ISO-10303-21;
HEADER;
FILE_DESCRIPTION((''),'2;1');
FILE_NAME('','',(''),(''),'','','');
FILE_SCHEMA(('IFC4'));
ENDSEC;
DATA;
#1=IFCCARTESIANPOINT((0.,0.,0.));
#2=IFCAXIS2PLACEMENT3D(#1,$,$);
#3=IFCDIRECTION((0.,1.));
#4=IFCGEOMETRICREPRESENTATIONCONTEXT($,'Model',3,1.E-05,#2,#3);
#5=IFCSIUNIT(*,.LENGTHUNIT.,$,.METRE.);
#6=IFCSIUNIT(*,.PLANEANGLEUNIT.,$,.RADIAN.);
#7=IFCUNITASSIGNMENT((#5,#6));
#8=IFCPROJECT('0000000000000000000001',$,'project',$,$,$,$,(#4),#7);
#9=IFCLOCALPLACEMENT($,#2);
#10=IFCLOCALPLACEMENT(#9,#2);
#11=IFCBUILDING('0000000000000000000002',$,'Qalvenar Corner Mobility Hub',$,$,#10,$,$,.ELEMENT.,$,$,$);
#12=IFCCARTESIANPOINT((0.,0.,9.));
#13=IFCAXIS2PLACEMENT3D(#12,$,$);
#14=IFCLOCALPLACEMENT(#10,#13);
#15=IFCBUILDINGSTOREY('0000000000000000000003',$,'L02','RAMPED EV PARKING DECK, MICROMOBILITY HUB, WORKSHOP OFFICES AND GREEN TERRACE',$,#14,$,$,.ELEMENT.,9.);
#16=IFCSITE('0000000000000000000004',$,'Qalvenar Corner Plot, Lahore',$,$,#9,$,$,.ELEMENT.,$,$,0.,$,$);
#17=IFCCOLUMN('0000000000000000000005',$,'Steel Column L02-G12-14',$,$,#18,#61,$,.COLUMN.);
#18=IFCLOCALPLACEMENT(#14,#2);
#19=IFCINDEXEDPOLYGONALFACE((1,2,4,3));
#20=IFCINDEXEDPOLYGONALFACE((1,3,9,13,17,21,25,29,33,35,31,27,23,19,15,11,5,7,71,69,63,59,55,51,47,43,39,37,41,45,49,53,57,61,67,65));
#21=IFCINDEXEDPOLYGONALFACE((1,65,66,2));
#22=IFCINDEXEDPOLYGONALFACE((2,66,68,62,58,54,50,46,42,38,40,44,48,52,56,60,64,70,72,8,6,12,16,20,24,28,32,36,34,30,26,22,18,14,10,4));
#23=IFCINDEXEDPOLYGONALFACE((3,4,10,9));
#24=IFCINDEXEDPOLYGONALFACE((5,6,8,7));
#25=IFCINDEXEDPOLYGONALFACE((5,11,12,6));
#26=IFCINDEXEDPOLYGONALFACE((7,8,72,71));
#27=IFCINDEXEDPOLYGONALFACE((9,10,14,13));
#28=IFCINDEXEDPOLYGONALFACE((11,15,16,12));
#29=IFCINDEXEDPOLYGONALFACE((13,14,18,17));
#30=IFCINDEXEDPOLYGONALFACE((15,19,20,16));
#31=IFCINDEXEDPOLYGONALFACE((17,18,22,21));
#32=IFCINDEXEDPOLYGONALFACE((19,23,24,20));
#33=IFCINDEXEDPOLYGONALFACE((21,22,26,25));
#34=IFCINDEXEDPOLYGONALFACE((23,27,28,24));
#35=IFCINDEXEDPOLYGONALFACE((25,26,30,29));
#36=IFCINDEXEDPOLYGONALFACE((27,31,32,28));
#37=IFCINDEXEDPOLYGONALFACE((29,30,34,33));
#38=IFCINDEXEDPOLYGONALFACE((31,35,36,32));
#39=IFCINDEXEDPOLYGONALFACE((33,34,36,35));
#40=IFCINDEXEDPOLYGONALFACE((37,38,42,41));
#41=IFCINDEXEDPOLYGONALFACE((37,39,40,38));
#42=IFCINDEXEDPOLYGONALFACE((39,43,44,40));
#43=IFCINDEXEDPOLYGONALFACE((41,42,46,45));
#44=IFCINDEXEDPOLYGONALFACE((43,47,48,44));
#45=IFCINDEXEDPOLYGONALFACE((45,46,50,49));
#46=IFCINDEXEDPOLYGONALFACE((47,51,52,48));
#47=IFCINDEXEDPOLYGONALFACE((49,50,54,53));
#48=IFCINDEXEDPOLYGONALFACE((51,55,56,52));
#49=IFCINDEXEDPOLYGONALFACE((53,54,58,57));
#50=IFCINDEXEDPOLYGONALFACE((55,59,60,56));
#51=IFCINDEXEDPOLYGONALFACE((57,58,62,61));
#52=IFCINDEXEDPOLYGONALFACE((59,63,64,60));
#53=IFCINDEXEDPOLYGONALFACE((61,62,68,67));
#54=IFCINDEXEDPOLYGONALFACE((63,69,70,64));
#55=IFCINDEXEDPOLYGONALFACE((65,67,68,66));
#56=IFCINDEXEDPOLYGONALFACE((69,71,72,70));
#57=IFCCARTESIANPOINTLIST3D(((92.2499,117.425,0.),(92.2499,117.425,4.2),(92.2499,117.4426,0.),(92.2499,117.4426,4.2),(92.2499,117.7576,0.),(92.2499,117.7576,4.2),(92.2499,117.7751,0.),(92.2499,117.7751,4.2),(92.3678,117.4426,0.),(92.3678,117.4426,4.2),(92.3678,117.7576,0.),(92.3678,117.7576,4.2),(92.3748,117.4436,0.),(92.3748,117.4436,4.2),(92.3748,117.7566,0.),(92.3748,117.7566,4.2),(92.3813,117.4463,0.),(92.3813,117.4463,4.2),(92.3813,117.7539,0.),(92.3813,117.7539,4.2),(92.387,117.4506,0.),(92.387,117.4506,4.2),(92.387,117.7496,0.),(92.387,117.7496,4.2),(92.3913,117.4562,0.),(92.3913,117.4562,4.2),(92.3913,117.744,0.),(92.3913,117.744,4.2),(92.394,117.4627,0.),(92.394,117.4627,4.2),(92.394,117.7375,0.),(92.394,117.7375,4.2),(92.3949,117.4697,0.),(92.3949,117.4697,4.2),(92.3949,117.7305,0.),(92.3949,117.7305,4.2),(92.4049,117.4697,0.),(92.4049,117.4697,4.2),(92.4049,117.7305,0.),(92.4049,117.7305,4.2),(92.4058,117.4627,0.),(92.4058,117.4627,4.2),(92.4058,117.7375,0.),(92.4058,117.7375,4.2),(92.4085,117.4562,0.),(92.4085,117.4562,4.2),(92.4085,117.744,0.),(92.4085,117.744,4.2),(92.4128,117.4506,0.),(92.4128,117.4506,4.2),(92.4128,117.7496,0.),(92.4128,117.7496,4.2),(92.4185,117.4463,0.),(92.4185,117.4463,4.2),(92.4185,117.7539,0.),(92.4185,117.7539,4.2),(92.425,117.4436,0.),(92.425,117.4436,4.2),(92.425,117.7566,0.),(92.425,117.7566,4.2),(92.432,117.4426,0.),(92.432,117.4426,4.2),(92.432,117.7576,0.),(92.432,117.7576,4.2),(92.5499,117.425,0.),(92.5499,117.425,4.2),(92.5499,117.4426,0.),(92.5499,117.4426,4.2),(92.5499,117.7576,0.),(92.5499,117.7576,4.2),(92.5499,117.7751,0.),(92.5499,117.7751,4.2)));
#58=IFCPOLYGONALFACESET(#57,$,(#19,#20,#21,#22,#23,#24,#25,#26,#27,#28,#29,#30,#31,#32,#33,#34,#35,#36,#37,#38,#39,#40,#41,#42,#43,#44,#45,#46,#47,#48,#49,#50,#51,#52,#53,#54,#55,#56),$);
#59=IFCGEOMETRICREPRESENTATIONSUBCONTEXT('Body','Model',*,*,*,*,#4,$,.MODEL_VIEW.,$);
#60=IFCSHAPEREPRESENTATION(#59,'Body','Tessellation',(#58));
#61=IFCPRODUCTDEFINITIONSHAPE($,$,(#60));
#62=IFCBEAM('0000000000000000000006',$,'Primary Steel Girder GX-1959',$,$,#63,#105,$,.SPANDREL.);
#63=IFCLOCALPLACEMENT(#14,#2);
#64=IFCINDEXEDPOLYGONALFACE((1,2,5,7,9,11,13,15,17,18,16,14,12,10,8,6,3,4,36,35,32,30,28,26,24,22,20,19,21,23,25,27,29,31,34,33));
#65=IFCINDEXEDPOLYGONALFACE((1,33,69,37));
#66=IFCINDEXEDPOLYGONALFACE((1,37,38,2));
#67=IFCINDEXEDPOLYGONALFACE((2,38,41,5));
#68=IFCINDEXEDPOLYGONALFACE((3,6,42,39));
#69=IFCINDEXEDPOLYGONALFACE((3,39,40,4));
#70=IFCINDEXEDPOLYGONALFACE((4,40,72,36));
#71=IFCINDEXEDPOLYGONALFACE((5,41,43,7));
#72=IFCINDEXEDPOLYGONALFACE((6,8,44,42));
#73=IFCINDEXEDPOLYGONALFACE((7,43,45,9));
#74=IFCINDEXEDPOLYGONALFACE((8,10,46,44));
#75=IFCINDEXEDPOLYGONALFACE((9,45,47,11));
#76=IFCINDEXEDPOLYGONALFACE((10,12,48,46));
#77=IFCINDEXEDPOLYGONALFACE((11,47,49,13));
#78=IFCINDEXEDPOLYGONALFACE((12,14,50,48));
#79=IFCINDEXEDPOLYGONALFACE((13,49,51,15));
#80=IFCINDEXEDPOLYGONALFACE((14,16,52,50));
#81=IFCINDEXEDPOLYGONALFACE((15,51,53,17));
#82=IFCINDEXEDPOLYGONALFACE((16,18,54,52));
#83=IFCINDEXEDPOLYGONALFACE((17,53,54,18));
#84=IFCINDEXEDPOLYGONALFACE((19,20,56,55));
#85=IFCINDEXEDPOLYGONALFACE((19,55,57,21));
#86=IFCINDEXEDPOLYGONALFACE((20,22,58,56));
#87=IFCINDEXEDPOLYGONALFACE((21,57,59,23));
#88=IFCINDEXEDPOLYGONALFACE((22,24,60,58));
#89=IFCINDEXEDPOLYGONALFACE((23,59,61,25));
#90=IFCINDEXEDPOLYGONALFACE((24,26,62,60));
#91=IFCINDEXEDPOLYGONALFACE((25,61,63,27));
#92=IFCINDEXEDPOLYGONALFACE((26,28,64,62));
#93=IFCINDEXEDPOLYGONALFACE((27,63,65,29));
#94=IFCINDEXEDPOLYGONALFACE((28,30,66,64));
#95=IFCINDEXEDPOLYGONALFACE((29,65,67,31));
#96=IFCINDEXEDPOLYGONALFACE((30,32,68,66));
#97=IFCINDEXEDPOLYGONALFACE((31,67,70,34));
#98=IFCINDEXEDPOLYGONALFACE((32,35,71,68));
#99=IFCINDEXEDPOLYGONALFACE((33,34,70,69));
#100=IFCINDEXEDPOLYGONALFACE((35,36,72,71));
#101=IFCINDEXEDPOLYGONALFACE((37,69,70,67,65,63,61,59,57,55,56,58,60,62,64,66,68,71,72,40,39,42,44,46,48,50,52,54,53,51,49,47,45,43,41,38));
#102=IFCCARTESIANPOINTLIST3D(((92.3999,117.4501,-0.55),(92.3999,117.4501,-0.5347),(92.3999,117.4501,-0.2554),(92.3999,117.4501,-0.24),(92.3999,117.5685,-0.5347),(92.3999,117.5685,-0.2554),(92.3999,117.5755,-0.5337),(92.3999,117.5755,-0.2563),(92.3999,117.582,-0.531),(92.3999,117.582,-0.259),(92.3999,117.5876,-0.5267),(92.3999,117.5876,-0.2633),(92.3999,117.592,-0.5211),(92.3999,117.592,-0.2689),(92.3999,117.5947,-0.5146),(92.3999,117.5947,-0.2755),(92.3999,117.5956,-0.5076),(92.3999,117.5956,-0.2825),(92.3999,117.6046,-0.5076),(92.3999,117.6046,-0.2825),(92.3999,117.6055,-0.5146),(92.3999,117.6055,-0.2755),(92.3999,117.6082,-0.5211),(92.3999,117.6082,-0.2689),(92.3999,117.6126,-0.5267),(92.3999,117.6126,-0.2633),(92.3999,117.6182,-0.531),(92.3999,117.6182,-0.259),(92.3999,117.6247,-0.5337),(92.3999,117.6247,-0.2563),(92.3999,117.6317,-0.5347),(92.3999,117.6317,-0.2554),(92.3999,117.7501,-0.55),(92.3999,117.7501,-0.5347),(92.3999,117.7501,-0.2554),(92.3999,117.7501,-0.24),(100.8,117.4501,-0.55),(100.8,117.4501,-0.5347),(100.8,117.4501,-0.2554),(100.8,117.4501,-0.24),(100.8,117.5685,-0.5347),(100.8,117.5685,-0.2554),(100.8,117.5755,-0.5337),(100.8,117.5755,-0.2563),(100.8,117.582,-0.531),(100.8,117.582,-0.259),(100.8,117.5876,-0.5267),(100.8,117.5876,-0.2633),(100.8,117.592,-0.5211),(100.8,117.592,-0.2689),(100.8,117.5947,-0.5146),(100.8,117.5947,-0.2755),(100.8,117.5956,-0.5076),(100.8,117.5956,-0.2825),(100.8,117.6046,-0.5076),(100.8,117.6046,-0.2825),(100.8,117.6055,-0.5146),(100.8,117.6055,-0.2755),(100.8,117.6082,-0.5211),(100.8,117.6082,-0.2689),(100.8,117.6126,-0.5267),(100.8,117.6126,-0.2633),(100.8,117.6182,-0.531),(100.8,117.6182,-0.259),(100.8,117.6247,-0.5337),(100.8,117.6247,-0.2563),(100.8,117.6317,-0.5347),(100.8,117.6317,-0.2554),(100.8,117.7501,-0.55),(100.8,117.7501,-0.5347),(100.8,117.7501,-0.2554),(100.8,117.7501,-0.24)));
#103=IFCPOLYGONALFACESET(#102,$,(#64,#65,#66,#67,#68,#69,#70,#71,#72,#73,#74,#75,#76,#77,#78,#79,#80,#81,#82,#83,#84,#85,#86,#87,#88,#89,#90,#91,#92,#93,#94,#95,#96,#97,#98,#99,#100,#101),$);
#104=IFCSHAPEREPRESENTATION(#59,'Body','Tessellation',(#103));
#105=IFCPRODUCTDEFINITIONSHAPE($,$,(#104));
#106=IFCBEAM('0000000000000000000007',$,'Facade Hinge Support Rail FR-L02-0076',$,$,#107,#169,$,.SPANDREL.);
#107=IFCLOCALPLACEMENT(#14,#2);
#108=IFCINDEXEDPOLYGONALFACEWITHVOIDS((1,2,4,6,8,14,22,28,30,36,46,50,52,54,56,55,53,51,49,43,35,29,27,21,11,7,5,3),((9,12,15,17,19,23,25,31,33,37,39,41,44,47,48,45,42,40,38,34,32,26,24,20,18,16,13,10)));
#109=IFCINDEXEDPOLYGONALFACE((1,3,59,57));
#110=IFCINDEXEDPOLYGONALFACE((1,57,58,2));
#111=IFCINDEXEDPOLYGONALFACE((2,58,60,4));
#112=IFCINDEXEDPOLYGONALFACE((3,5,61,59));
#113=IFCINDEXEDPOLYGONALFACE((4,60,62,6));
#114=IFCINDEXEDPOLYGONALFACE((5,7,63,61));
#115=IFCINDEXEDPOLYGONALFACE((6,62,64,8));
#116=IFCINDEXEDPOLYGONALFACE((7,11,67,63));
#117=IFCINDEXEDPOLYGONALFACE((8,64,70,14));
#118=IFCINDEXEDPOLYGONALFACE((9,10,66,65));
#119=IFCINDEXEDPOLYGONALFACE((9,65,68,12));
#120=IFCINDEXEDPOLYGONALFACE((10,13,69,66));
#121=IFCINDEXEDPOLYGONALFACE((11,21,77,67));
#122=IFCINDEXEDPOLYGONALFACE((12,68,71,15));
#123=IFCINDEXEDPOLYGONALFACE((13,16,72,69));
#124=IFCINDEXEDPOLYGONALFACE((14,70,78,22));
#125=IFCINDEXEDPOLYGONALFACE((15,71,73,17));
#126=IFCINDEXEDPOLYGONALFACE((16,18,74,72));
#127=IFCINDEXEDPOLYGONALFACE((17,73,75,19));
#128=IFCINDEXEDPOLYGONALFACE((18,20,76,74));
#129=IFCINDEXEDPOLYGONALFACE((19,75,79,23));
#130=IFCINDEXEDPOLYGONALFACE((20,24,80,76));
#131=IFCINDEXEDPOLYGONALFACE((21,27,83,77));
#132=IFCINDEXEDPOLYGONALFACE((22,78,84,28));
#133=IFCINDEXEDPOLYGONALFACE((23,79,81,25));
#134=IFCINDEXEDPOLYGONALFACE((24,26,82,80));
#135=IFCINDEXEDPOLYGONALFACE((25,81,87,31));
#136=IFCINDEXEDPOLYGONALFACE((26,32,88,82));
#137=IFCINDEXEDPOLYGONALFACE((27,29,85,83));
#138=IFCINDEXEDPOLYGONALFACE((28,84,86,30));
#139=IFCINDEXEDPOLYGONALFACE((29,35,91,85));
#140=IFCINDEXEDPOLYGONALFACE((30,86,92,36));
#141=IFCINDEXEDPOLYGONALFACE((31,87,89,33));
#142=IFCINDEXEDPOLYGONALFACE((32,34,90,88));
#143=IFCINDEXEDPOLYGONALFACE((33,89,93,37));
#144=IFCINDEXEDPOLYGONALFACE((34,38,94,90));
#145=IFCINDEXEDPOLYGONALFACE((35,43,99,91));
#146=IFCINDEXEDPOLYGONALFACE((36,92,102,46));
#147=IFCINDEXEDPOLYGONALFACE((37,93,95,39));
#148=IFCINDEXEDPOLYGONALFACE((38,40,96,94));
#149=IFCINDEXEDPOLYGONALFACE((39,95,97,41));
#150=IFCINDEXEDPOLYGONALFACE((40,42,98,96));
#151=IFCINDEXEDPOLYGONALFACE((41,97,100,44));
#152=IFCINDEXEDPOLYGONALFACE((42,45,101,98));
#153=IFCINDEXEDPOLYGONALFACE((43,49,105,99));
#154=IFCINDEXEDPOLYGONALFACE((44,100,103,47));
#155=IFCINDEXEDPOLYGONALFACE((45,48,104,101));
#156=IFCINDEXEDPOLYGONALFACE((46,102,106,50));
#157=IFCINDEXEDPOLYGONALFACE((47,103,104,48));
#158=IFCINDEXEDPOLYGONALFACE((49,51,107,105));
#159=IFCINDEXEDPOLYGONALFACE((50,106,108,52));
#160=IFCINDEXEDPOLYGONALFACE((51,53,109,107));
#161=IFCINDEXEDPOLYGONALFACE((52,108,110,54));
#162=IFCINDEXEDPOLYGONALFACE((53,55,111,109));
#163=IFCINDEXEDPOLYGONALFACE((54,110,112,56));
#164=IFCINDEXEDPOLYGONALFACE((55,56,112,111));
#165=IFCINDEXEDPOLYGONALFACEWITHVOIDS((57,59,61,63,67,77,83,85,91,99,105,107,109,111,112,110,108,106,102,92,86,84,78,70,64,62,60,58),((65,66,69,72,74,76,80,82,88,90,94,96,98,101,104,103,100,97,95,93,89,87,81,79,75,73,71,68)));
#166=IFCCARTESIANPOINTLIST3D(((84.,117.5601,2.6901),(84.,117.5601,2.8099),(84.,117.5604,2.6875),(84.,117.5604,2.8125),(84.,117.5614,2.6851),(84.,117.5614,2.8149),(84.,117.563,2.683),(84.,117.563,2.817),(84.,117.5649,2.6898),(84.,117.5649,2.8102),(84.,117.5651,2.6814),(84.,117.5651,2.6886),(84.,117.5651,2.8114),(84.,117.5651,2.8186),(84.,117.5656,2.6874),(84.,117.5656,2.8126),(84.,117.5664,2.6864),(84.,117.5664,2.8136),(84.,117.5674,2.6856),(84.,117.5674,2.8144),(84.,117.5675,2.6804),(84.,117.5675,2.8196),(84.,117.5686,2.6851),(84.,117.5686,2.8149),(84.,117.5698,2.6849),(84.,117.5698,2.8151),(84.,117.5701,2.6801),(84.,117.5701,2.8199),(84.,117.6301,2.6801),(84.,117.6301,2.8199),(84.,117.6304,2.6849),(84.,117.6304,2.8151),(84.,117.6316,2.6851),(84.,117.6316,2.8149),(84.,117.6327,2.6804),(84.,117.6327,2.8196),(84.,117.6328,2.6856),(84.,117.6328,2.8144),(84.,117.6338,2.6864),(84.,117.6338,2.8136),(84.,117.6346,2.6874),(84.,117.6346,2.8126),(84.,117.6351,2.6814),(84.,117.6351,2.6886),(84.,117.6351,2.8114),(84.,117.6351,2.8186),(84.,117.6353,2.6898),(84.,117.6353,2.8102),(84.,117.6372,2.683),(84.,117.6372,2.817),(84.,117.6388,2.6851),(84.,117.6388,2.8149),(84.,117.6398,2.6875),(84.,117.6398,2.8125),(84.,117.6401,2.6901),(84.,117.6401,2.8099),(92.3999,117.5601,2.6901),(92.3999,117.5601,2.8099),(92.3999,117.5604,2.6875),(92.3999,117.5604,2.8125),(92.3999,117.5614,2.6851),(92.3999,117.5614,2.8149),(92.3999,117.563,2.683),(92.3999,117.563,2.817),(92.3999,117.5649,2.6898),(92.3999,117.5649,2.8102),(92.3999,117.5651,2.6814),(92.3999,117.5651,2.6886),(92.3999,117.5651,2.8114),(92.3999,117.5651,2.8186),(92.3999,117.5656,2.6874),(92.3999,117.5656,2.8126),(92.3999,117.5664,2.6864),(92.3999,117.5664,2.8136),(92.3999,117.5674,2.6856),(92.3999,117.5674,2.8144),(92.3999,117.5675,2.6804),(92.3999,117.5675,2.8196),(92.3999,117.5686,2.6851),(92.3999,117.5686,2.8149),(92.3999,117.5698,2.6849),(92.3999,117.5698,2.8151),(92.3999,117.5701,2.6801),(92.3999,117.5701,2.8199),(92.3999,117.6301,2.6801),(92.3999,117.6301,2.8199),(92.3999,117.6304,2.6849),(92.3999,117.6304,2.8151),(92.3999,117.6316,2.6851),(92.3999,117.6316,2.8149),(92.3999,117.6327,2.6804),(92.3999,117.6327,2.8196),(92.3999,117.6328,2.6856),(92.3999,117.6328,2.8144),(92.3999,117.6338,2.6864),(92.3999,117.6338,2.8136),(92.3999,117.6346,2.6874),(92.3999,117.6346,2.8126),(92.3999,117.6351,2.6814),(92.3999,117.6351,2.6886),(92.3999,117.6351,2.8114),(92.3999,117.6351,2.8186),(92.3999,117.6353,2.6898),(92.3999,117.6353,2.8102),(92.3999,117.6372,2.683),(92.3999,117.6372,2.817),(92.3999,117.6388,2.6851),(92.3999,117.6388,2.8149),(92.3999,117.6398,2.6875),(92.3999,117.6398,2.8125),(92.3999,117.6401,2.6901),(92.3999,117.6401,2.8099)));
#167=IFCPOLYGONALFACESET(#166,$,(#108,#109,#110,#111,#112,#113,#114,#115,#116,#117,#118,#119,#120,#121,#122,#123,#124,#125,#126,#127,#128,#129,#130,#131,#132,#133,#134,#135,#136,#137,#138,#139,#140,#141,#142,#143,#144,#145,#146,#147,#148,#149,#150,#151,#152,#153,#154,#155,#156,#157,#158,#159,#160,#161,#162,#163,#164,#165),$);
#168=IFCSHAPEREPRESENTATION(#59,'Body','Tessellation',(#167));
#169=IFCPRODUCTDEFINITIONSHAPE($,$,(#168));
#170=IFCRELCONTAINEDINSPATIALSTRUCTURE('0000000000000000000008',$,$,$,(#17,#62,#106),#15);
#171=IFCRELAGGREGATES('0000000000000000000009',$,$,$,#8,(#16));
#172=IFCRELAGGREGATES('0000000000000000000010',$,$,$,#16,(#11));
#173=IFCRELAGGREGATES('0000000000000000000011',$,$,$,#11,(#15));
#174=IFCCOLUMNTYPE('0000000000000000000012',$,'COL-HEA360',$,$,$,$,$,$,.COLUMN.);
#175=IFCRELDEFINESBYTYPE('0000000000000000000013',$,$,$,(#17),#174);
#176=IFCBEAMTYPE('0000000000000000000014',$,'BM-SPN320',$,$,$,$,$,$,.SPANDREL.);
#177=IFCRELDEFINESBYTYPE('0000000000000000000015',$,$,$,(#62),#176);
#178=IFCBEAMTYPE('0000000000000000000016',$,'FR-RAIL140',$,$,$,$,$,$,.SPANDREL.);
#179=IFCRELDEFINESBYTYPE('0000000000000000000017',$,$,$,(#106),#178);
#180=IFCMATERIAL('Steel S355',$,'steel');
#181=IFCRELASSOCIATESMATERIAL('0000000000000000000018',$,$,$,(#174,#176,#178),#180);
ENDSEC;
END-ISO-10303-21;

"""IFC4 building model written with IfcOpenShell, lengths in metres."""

from ifc_helpers import new_model, si_unit, direction, frame, origin, origin_2d, place, context, subcontext, project, spatial, hollow_rectangle, i_section, extrude, material, material_profile, profile_set, type_object, element, save


model = new_model("IFC4")

# Units and contexts
model_context = context("Model", 3, precision=1e-05, world=origin(), true_north=direction((0.0, 1.0)))
body_context = subcontext(model_context, "Body", "Model", "MODEL_VIEW")
ifc_project = project(units=[si_unit("LENGTHUNIT", "METRE"), si_unit("PLANEANGLEUNIT", "RADIAN")], contexts=[model_context])

# Site, building, storey
site_placement = place(None, origin())
site = spatial("IfcSite", under=ifc_project, at=site_placement, Name="Qalvenar Corner Plot, Lahore", CompositionType="ELEMENT", RefElevation=0.0)
building_placement = place(site_placement, origin())
building = spatial("IfcBuilding", under=site, at=building_placement, Name="Qalvenar Corner Mobility Hub", CompositionType="ELEMENT")
storey_placement = place(building_placement, frame((0.0, 0.0, 9.0)))
storey = spatial("IfcBuildingStorey", under=building, at=storey_placement, Name="L02", Description="RAMPED EV PARKING DECK, MICROMOBILITY HUB, WORKSHOP OFFICES AND GREEN TERRACE", CompositionType="ELEMENT", Elevation=9.0)

# Column
ifc_material = material(Name="Steel S355", Category="steel")
ifc_material_profile_1 = material_profile(ifc_material, i_section(OverallWidth=0.3, OverallDepth=0.3501, WebThickness=0.01, FlangeThickness=0.0176, FilletRadius=0.0271, at=origin_2d()), Name="HEA360")
ifc_profile_set_1 = profile_set([ifc_material_profile_1], Name="Steel S355")
column_type = type_object("IfcColumnType", Name="COL-HEA360", PredefinedType="COLUMN", material=ifc_profile_set_1)
column_placement = place(storey_placement, frame((92.3999, 117.6001, 0.0), z_axis=(0.0, 0.0, 1.0), x_axis=(1.0, 0.0, 0.0)))
element("IfcColumn", 1, at=column_placement, inside=storey, type_object=column_type, Name="Steel Column L02-G12-14", PredefinedType="COLUMN", context=body_context, shape_type="SweptSolid", body=[
    extrude(i_section(OverallWidth=0.3, OverallDepth=0.3501, WebThickness=0.01, FlangeThickness=0.0176, FilletRadius=0.0271, at=origin_2d()), origin(), (0.0, 0.0, 1.0), 4.2),
])

# Beams
ifc_material_profile_2 = material_profile(ifc_material, i_section(OverallWidth=0.3, OverallDepth=0.3101, WebThickness=0.009, FlangeThickness=0.0154, FilletRadius=0.0271, at=origin_2d()), Name="HEA320")
ifc_profile_set_2 = profile_set([ifc_material_profile_2], Name="Steel S355")
beam_type_1 = type_object("IfcBeamType", Name="BM-SPN320", PredefinedType="SPANDREL", material=ifc_profile_set_2)
beam_1_placement = place(storey_placement, frame((92.3999, 117.6001, -0.395), z_axis=(1.0, 0.0, 0.0), x_axis=(0.0, 1.0, 0.0)))
element("IfcBeam", 2, at=beam_1_placement, inside=storey, type_object=beam_type_1, Name="Primary Steel Girder GX-1959", PredefinedType="SPANDREL", context=body_context, shape_type="SweptSolid", body=[
    extrude(i_section(OverallWidth=0.3, OverallDepth=0.3101, WebThickness=0.009, FlangeThickness=0.0154, FilletRadius=0.0271, at=origin_2d()), origin(), (0.0, 0.0, 1.0), 8.4001),
])
ifc_material_profile_3 = material_profile(ifc_material, hollow_rectangle(XDim=0.0801, YDim=0.1399, WallThickness=0.0049, InnerFilletRadius=0.0049, OuterFilletRadius=0.01, at=origin_2d()), Name="RHS140x80x5")
ifc_profile_set_3 = profile_set([ifc_material_profile_3], Name="Steel S355")
beam_type_2 = type_object("IfcBeamType", Name="FR-RAIL140", PredefinedType="SPANDREL", material=ifc_profile_set_3)
for number, where, z_axis, x_axis, name in (
    (3, (92.3999, 117.6001, 2.75), (-1.0, 0.0, 0.0), (0.0, -1.0, 0.0), "Facade Hinge Support Rail FR-L02-0076"),
):
    element("IfcBeam", number, at=place(storey_placement, frame(where, z_axis=z_axis, x_axis=x_axis)), inside=storey, type_object=beam_type_2, Name=name, PredefinedType="SPANDREL", context=body_context, shape_type="SweptSolid", body=[
        extrude(hollow_rectangle(XDim=0.0801, YDim=0.1399, WallThickness=0.0049, InnerFilletRadius=0.0049, OuterFilletRadius=0.01, at=origin_2d()), origin(), (0.0, 0.0, 1.0), 8.3999),
    ])

save(model, "model.ifc")
